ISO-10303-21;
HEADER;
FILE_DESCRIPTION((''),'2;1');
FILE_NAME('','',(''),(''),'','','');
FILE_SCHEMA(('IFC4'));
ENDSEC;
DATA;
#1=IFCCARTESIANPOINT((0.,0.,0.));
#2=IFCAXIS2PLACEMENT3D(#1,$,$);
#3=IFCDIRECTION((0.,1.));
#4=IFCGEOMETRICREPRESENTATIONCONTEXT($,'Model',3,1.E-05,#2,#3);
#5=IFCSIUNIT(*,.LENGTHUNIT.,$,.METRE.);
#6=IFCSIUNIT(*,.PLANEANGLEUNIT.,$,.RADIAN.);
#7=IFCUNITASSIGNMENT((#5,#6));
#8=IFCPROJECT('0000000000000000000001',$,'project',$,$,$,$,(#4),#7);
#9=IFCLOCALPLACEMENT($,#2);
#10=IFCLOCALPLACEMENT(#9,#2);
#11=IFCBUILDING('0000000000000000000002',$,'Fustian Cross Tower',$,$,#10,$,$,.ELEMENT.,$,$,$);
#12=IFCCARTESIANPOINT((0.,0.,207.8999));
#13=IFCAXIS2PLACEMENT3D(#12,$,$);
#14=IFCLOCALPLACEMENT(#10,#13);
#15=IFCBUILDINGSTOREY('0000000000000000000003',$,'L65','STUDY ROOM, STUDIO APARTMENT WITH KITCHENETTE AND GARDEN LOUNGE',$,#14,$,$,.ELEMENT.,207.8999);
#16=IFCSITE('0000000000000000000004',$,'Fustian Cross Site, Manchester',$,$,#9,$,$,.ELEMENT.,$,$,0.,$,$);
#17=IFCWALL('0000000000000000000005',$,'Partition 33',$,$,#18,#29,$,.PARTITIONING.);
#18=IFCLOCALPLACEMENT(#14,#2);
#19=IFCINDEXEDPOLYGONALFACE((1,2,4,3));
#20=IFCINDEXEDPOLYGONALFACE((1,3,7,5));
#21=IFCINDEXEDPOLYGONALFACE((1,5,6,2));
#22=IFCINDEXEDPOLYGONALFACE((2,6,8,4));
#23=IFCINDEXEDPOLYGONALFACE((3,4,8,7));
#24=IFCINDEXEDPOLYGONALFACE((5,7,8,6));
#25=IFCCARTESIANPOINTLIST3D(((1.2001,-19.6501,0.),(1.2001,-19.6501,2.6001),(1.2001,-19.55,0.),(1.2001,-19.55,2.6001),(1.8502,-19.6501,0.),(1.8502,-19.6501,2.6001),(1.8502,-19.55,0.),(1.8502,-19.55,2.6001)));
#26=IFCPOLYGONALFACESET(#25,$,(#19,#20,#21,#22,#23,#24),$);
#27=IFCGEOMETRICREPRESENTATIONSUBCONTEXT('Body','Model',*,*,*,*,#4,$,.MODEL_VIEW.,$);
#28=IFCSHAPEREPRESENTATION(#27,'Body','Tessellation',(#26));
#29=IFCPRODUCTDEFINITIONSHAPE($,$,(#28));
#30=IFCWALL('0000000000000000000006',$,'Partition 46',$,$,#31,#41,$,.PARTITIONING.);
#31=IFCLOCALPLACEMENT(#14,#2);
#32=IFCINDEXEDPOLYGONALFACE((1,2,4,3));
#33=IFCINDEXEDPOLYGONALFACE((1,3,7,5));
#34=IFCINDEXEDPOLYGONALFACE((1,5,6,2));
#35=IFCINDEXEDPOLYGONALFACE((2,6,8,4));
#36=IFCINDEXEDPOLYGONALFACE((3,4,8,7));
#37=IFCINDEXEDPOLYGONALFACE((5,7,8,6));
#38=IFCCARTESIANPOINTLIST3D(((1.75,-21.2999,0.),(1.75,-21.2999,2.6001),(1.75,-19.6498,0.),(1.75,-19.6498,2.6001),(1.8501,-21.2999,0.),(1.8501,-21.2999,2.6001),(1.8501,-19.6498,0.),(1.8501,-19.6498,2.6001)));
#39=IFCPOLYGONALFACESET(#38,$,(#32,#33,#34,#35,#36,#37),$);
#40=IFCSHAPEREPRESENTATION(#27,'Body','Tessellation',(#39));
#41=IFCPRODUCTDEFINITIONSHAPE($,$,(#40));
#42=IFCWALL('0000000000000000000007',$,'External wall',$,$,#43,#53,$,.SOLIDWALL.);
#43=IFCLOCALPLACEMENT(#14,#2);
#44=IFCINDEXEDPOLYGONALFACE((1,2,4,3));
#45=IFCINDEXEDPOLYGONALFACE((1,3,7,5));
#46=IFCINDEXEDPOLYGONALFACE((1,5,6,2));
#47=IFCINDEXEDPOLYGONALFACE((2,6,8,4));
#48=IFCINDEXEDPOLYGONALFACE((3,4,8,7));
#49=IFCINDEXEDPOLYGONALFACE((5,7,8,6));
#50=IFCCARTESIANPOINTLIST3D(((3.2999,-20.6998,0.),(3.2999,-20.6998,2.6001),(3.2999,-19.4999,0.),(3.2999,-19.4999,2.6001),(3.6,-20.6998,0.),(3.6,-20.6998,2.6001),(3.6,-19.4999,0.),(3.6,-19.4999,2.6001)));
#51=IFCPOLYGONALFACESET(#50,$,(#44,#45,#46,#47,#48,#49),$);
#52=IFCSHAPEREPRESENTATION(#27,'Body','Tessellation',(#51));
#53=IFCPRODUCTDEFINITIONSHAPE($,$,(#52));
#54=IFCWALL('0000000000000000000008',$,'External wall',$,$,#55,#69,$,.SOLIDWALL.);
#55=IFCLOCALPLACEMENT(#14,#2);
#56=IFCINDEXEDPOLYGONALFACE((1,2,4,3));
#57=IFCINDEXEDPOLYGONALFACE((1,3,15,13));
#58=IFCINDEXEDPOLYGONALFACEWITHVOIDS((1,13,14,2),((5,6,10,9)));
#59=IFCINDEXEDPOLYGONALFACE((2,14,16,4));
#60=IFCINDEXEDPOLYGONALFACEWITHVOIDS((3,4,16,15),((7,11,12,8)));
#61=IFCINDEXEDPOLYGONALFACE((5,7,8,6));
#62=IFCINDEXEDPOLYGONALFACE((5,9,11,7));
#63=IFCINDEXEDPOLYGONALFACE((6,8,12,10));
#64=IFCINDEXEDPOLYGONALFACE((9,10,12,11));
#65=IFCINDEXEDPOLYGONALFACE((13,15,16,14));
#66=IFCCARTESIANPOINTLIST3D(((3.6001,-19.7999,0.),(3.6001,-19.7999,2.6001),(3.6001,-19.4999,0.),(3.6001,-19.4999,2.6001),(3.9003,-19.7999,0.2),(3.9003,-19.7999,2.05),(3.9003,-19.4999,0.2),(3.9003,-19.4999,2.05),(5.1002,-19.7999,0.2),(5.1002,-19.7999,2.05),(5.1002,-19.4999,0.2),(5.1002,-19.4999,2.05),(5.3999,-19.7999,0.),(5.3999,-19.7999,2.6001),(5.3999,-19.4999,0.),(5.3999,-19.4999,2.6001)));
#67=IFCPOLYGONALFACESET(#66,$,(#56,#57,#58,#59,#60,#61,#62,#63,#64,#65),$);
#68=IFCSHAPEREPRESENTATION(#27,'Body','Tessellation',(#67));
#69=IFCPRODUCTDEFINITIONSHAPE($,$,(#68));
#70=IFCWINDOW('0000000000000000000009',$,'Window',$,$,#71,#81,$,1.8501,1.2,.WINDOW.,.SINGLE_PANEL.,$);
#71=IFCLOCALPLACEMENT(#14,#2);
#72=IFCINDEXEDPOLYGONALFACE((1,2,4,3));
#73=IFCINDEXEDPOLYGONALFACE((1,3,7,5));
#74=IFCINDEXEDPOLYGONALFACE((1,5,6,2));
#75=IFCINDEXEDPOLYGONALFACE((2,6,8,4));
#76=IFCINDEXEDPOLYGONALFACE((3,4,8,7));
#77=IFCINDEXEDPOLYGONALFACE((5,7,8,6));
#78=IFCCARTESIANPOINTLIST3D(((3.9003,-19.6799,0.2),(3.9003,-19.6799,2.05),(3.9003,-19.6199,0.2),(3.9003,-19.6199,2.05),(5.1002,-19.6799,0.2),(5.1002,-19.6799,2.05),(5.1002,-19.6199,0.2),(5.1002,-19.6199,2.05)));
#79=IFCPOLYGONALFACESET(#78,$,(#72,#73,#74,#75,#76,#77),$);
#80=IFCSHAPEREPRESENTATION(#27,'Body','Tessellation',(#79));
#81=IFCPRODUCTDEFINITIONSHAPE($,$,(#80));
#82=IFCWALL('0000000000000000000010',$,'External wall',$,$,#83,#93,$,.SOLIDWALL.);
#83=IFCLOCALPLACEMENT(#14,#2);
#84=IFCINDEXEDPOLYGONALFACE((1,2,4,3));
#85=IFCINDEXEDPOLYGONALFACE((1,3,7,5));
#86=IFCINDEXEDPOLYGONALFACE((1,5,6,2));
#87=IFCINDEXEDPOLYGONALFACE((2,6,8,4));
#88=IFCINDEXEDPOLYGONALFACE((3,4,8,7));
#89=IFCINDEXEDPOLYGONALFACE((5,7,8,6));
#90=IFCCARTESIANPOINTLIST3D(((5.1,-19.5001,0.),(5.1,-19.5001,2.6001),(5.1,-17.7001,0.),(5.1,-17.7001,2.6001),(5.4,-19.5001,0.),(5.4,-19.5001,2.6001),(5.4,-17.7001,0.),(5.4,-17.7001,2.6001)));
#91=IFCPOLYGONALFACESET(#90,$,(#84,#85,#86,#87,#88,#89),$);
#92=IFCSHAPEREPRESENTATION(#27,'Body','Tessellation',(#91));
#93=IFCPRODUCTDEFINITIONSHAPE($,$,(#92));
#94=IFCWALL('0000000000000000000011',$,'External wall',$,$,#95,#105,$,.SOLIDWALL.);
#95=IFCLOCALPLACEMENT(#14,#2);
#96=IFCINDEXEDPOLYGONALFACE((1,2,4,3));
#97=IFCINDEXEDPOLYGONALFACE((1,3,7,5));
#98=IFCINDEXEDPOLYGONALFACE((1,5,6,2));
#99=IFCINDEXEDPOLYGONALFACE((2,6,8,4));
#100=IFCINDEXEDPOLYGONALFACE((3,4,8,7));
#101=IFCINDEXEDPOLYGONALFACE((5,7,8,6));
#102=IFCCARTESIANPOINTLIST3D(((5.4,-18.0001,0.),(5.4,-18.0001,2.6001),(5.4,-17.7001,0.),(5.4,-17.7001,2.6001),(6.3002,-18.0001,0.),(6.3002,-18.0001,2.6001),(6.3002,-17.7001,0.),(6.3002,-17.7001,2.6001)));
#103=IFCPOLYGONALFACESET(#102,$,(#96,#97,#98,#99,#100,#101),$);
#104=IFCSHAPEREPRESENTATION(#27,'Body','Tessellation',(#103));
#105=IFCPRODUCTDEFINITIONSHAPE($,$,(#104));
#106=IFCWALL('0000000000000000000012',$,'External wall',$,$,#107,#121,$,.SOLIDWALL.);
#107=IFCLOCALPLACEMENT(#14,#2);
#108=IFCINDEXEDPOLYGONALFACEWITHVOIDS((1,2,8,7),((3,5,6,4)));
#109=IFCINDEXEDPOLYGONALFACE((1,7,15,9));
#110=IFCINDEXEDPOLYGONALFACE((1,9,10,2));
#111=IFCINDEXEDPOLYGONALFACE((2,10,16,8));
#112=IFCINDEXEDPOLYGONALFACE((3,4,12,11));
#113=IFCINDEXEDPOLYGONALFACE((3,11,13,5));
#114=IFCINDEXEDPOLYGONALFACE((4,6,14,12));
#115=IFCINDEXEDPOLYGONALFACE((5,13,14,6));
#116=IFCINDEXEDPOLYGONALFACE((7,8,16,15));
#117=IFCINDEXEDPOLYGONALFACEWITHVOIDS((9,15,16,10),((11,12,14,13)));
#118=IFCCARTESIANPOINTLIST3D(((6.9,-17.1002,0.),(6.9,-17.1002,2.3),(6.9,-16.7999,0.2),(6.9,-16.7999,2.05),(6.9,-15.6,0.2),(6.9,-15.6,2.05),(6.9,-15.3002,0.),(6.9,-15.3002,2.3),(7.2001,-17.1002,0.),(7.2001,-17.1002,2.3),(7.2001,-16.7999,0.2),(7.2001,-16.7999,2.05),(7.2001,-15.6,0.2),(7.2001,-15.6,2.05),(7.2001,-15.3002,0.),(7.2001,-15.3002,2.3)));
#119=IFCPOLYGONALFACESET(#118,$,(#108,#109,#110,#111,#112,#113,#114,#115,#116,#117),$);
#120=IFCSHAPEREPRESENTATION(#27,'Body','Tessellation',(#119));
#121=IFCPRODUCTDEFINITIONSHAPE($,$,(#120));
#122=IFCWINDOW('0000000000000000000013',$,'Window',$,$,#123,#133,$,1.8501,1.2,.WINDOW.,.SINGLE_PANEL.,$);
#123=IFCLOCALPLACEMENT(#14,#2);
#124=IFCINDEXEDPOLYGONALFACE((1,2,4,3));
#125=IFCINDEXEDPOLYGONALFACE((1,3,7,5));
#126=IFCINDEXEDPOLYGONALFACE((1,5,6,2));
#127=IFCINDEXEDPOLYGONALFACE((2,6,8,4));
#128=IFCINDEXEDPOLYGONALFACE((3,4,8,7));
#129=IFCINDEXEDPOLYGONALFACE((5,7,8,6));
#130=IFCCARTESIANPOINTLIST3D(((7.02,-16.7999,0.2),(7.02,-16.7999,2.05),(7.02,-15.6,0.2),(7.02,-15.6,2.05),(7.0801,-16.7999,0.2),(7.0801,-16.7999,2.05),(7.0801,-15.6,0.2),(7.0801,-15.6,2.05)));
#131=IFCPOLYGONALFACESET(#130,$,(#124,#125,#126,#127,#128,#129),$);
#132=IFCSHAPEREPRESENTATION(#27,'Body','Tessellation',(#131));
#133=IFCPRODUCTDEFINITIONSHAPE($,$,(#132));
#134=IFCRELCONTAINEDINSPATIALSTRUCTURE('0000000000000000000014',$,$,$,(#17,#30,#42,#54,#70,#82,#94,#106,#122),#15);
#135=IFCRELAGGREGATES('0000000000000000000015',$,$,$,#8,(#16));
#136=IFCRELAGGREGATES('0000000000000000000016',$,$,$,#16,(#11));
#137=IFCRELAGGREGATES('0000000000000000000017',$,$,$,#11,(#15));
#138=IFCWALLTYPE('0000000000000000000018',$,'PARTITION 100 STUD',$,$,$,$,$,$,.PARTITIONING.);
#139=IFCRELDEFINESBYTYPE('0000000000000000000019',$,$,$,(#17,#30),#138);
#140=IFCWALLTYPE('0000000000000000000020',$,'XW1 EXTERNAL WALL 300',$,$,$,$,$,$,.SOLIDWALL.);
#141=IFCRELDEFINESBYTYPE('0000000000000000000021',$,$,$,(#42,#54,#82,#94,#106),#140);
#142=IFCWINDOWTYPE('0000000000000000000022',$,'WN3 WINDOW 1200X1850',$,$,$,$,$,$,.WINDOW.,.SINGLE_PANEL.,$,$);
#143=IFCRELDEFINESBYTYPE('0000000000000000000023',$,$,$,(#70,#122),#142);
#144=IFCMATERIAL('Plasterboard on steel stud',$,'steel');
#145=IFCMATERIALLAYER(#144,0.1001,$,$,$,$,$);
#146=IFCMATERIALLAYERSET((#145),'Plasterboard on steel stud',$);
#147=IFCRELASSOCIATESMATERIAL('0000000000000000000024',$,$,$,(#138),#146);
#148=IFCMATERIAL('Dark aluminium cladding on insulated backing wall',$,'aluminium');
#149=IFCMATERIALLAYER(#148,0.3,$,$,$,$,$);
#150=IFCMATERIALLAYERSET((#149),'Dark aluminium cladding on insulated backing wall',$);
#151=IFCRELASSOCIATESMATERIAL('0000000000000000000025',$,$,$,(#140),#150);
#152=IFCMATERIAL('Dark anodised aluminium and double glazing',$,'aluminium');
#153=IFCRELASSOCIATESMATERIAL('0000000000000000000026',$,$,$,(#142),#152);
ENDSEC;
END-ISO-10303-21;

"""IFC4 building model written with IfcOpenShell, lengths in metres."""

from ifc_helpers import new_model, si_unit, direction, frame, frame_2d, origin, place, context, subcontext, project, spatial, rectangle, extrude, material, layer, layer_set, type_object, element, fill, save


model = new_model("IFC4")

# Units and contexts
model_context = context("Model", 3, precision=1e-05, world=origin(), true_north=direction((0.0, 1.0)))
body_context = subcontext(model_context, "Body", "Model", "MODEL_VIEW")
ifc_project = project(units=[si_unit("LENGTHUNIT", "METRE"), si_unit("PLANEANGLEUNIT", "RADIAN")], contexts=[model_context])

# Site, building, storey
site_placement = place(None, origin())
site = spatial("IfcSite", under=ifc_project, at=site_placement, Name="Fustian Cross Site, Manchester", CompositionType="ELEMENT", RefElevation=0.0)
building_placement = place(site_placement, origin())
building = spatial("IfcBuilding", under=site, at=building_placement, Name="Fustian Cross Tower", CompositionType="ELEMENT")
storey_placement = place(building_placement, frame((0.0, 0.0, 207.8999)))
storey = spatial("IfcBuildingStorey", under=building, at=storey_placement, Name="L65", Description="STUDY ROOM, STUDIO APARTMENT WITH KITCHENETTE AND GARDEN LOUNGE", CompositionType="ELEMENT", Elevation=207.8999)

# Walls
ifc_material_1 = material(Name="Plasterboard on steel stud", Category="steel")
ifc_layer_1 = layer(ifc_material_1, 0.1001)
ifc_layer_set_1 = layer_set([ifc_layer_1], Name="Plasterboard on steel stud")
wall_type_1 = type_object("IfcWallType", Name="PARTITION 100 STUD", PredefinedType="PARTITIONING", material=ifc_layer_set_1)
wall_1_placement = place(storey_placement, frame((1.2, -19.6001, 0.0), z_axis=(0.0, 0.0, 1.0), x_axis=(1.0, 0.0, 0.0)))
element("IfcWall", 1, at=wall_1_placement, inside=storey, type_object=wall_type_1, Name="Partition 33", PredefinedType="PARTITIONING", context=body_context, shape_type="SweptSolid", body=[
    extrude(rectangle(XDim=0.6501, YDim=0.1001, at=frame_2d((0.3252, 0.0))), origin(), (0.0, 0.0, 1.0), 2.6001),
])
wall_2_placement = place(storey_placement, frame((1.8, -21.3, 0.0), z_axis=(0.0, 0.0, 1.0), x_axis=(0.0, 1.0, 0.0)))
element("IfcWall", 2, at=wall_2_placement, inside=storey, type_object=wall_type_1, Name="Partition 46", PredefinedType="PARTITIONING", context=body_context, shape_type="SweptSolid", body=[
    extrude(rectangle(XDim=1.6501, YDim=0.1001, at=frame_2d((0.8252, 0.0))), origin(), (0.0, 0.0, 1.0), 2.6001),
])
ifc_material_2 = material(Name="Dark aluminium cladding on insulated backing wall", Category="aluminium")
ifc_layer_2 = layer(ifc_material_2, 0.3)
ifc_layer_set_2 = layer_set([ifc_layer_2], Name="Dark aluminium cladding on insulated backing wall")
wall_type_2 = type_object("IfcWallType", Name="XW1 EXTERNAL WALL 300", PredefinedType="SOLIDWALL", material=ifc_layer_set_2)
wall_3_placement = place(storey_placement, frame((3.45, -20.7, 0.0), z_axis=(0.0, 0.0, 1.0), x_axis=(0.0, 1.0, 0.0)))
element("IfcWall", 3, at=wall_3_placement, inside=storey, type_object=wall_type_2, Name="External wall", PredefinedType="SOLIDWALL", context=body_context, shape_type="SweptSolid", body=[
    extrude(rectangle(XDim=1.2, YDim=0.3, at=frame_2d((0.6001, 0.0))), origin(), (0.0, 0.0, 1.0), 2.6001),
])

# Wall, opening, window
wall_4_placement = place(storey_placement, frame((3.6001, -19.6499, 0.0), z_axis=(0.0, 0.0, 1.0), x_axis=(1.0, 0.0, 0.0)))
wall_4 = element("IfcWall", 4, at=wall_4_placement, inside=storey, type_object=wall_type_2, Name="External wall", PredefinedType="SOLIDWALL", context=body_context, shape_type="SweptSolid", body=[
    extrude(rectangle(XDim=1.7998, YDim=0.3, at=frame_2d((0.8999, 0.0))), origin(), (0.0, 0.0, 1.0), 2.6001),
])
opening_1_placement = place(wall_4_placement, frame((0.3, 0.0, 0.2)))
opening_1 = element("IfcOpeningElement", 5, at=opening_1_placement, cuts=wall_4, PredefinedType="OPENING", context=body_context, shape_type="SweptSolid", body=[
    extrude(rectangle(XDim=1.2, YDim=1.8501, at=frame_2d((0.6001, 0.925))), frame((0.0, 0.1599, 0.0), z_axis=(0.0, -1.0, 0.0), x_axis=(1.0, 0.0, 0.0)), (0.0, 0.0, 1.0), 0.3201),
])
ifc_material_3 = material(Name="Dark anodised aluminium and double glazing", Category="aluminium")
window_type = type_object("IfcWindowType", Name="WN3 WINDOW 1200X1850", PartitioningType="SINGLE_PANEL", PredefinedType="WINDOW", material=ifc_material_3)
window_1_placement = place(opening_1_placement, origin())
window_1 = element("IfcWindow", 6, at=window_1_placement, inside=storey, type_object=window_type, Name="Window", OverallHeight=1.8501, OverallWidth=1.2, PartitioningType="SINGLE_PANEL", PredefinedType="WINDOW", context=body_context, shape_type="SweptSolid", body=[
    extrude(rectangle(XDim=1.2, YDim=1.8501, at=frame_2d((0.6001, 0.925))), frame((0.0, 0.03, 0.0), z_axis=(0.0, -1.0, 0.0), x_axis=(1.0, 0.0, 0.0)), (0.0, 0.0, 1.0), 0.0601),
])
fill(opening_1, window_1)

# Walls
wall_5_placement = place(storey_placement, frame((5.25, -19.5, 0.0), z_axis=(0.0, 0.0, 1.0), x_axis=(0.0, 1.0, 0.0)))
element("IfcWall", 7, at=wall_5_placement, inside=storey, type_object=wall_type_2, Name="External wall", PredefinedType="SOLIDWALL", context=body_context, shape_type="SweptSolid", body=[
    extrude(rectangle(XDim=1.8, YDim=0.3, at=frame_2d((0.8999, 0.0))), origin(), (0.0, 0.0, 1.0), 2.6001),
])
wall_6_placement = place(storey_placement, frame((5.3999, -17.8501, 0.0), z_axis=(0.0, 0.0, 1.0), x_axis=(1.0, 0.0, 0.0)))
element("IfcWall", 8, at=wall_6_placement, inside=storey, type_object=wall_type_2, Name="External wall", PredefinedType="SOLIDWALL", context=body_context, shape_type="SweptSolid", body=[
    extrude(rectangle(XDim=0.9001, YDim=0.3, at=frame_2d((0.4502, 0.0))), origin(), (0.0, 0.0, 1.0), 2.6001),
])

# Wall, opening, window
wall_7_placement = place(storey_placement, frame((7.05, -17.1001, 0.0), z_axis=(0.0, 0.0, 1.0), x_axis=(0.0, 1.0, 0.0)))
wall_7 = element("IfcWall", 9, at=wall_7_placement, inside=storey, type_object=wall_type_2, Name="External wall", PredefinedType="SOLIDWALL", context=body_context, shape_type="SweptSolid", body=[
    extrude(rectangle(XDim=1.8, YDim=0.3, at=frame_2d((0.8999, 0.0))), origin(), (0.0, 0.0, 1.0), 2.3),
])
opening_2_placement = place(wall_7_placement, frame((0.3, 0.0, 0.2)))
opening_2 = element("IfcOpeningElement", 10, at=opening_2_placement, cuts=wall_7, PredefinedType="OPENING", context=body_context, shape_type="SweptSolid", body=[
    extrude(rectangle(XDim=1.2, YDim=1.8501, at=frame_2d((0.6001, 0.925))), frame((0.0, 0.1599, 0.0), z_axis=(0.0, -1.0, 0.0), x_axis=(1.0, 0.0, 0.0)), (0.0, 0.0, 1.0), 0.3201),
])
window_2_placement = place(opening_2_placement, origin())
window_2 = element("IfcWindow", 11, at=window_2_placement, inside=storey, type_object=window_type, Name="Window", OverallHeight=1.8501, OverallWidth=1.2, PartitioningType="SINGLE_PANEL", PredefinedType="WINDOW", context=body_context, shape_type="SweptSolid", body=[
    extrude(rectangle(XDim=1.2, YDim=1.8501, at=frame_2d((0.6001, 0.925))), frame((0.0, 0.03, 0.0), z_axis=(0.0, -1.0, 0.0), x_axis=(1.0, 0.0, 0.0)), (0.0, 0.0, 1.0), 0.0601),
])
fill(opening_2, window_2)

save(model, "model.ifc")
